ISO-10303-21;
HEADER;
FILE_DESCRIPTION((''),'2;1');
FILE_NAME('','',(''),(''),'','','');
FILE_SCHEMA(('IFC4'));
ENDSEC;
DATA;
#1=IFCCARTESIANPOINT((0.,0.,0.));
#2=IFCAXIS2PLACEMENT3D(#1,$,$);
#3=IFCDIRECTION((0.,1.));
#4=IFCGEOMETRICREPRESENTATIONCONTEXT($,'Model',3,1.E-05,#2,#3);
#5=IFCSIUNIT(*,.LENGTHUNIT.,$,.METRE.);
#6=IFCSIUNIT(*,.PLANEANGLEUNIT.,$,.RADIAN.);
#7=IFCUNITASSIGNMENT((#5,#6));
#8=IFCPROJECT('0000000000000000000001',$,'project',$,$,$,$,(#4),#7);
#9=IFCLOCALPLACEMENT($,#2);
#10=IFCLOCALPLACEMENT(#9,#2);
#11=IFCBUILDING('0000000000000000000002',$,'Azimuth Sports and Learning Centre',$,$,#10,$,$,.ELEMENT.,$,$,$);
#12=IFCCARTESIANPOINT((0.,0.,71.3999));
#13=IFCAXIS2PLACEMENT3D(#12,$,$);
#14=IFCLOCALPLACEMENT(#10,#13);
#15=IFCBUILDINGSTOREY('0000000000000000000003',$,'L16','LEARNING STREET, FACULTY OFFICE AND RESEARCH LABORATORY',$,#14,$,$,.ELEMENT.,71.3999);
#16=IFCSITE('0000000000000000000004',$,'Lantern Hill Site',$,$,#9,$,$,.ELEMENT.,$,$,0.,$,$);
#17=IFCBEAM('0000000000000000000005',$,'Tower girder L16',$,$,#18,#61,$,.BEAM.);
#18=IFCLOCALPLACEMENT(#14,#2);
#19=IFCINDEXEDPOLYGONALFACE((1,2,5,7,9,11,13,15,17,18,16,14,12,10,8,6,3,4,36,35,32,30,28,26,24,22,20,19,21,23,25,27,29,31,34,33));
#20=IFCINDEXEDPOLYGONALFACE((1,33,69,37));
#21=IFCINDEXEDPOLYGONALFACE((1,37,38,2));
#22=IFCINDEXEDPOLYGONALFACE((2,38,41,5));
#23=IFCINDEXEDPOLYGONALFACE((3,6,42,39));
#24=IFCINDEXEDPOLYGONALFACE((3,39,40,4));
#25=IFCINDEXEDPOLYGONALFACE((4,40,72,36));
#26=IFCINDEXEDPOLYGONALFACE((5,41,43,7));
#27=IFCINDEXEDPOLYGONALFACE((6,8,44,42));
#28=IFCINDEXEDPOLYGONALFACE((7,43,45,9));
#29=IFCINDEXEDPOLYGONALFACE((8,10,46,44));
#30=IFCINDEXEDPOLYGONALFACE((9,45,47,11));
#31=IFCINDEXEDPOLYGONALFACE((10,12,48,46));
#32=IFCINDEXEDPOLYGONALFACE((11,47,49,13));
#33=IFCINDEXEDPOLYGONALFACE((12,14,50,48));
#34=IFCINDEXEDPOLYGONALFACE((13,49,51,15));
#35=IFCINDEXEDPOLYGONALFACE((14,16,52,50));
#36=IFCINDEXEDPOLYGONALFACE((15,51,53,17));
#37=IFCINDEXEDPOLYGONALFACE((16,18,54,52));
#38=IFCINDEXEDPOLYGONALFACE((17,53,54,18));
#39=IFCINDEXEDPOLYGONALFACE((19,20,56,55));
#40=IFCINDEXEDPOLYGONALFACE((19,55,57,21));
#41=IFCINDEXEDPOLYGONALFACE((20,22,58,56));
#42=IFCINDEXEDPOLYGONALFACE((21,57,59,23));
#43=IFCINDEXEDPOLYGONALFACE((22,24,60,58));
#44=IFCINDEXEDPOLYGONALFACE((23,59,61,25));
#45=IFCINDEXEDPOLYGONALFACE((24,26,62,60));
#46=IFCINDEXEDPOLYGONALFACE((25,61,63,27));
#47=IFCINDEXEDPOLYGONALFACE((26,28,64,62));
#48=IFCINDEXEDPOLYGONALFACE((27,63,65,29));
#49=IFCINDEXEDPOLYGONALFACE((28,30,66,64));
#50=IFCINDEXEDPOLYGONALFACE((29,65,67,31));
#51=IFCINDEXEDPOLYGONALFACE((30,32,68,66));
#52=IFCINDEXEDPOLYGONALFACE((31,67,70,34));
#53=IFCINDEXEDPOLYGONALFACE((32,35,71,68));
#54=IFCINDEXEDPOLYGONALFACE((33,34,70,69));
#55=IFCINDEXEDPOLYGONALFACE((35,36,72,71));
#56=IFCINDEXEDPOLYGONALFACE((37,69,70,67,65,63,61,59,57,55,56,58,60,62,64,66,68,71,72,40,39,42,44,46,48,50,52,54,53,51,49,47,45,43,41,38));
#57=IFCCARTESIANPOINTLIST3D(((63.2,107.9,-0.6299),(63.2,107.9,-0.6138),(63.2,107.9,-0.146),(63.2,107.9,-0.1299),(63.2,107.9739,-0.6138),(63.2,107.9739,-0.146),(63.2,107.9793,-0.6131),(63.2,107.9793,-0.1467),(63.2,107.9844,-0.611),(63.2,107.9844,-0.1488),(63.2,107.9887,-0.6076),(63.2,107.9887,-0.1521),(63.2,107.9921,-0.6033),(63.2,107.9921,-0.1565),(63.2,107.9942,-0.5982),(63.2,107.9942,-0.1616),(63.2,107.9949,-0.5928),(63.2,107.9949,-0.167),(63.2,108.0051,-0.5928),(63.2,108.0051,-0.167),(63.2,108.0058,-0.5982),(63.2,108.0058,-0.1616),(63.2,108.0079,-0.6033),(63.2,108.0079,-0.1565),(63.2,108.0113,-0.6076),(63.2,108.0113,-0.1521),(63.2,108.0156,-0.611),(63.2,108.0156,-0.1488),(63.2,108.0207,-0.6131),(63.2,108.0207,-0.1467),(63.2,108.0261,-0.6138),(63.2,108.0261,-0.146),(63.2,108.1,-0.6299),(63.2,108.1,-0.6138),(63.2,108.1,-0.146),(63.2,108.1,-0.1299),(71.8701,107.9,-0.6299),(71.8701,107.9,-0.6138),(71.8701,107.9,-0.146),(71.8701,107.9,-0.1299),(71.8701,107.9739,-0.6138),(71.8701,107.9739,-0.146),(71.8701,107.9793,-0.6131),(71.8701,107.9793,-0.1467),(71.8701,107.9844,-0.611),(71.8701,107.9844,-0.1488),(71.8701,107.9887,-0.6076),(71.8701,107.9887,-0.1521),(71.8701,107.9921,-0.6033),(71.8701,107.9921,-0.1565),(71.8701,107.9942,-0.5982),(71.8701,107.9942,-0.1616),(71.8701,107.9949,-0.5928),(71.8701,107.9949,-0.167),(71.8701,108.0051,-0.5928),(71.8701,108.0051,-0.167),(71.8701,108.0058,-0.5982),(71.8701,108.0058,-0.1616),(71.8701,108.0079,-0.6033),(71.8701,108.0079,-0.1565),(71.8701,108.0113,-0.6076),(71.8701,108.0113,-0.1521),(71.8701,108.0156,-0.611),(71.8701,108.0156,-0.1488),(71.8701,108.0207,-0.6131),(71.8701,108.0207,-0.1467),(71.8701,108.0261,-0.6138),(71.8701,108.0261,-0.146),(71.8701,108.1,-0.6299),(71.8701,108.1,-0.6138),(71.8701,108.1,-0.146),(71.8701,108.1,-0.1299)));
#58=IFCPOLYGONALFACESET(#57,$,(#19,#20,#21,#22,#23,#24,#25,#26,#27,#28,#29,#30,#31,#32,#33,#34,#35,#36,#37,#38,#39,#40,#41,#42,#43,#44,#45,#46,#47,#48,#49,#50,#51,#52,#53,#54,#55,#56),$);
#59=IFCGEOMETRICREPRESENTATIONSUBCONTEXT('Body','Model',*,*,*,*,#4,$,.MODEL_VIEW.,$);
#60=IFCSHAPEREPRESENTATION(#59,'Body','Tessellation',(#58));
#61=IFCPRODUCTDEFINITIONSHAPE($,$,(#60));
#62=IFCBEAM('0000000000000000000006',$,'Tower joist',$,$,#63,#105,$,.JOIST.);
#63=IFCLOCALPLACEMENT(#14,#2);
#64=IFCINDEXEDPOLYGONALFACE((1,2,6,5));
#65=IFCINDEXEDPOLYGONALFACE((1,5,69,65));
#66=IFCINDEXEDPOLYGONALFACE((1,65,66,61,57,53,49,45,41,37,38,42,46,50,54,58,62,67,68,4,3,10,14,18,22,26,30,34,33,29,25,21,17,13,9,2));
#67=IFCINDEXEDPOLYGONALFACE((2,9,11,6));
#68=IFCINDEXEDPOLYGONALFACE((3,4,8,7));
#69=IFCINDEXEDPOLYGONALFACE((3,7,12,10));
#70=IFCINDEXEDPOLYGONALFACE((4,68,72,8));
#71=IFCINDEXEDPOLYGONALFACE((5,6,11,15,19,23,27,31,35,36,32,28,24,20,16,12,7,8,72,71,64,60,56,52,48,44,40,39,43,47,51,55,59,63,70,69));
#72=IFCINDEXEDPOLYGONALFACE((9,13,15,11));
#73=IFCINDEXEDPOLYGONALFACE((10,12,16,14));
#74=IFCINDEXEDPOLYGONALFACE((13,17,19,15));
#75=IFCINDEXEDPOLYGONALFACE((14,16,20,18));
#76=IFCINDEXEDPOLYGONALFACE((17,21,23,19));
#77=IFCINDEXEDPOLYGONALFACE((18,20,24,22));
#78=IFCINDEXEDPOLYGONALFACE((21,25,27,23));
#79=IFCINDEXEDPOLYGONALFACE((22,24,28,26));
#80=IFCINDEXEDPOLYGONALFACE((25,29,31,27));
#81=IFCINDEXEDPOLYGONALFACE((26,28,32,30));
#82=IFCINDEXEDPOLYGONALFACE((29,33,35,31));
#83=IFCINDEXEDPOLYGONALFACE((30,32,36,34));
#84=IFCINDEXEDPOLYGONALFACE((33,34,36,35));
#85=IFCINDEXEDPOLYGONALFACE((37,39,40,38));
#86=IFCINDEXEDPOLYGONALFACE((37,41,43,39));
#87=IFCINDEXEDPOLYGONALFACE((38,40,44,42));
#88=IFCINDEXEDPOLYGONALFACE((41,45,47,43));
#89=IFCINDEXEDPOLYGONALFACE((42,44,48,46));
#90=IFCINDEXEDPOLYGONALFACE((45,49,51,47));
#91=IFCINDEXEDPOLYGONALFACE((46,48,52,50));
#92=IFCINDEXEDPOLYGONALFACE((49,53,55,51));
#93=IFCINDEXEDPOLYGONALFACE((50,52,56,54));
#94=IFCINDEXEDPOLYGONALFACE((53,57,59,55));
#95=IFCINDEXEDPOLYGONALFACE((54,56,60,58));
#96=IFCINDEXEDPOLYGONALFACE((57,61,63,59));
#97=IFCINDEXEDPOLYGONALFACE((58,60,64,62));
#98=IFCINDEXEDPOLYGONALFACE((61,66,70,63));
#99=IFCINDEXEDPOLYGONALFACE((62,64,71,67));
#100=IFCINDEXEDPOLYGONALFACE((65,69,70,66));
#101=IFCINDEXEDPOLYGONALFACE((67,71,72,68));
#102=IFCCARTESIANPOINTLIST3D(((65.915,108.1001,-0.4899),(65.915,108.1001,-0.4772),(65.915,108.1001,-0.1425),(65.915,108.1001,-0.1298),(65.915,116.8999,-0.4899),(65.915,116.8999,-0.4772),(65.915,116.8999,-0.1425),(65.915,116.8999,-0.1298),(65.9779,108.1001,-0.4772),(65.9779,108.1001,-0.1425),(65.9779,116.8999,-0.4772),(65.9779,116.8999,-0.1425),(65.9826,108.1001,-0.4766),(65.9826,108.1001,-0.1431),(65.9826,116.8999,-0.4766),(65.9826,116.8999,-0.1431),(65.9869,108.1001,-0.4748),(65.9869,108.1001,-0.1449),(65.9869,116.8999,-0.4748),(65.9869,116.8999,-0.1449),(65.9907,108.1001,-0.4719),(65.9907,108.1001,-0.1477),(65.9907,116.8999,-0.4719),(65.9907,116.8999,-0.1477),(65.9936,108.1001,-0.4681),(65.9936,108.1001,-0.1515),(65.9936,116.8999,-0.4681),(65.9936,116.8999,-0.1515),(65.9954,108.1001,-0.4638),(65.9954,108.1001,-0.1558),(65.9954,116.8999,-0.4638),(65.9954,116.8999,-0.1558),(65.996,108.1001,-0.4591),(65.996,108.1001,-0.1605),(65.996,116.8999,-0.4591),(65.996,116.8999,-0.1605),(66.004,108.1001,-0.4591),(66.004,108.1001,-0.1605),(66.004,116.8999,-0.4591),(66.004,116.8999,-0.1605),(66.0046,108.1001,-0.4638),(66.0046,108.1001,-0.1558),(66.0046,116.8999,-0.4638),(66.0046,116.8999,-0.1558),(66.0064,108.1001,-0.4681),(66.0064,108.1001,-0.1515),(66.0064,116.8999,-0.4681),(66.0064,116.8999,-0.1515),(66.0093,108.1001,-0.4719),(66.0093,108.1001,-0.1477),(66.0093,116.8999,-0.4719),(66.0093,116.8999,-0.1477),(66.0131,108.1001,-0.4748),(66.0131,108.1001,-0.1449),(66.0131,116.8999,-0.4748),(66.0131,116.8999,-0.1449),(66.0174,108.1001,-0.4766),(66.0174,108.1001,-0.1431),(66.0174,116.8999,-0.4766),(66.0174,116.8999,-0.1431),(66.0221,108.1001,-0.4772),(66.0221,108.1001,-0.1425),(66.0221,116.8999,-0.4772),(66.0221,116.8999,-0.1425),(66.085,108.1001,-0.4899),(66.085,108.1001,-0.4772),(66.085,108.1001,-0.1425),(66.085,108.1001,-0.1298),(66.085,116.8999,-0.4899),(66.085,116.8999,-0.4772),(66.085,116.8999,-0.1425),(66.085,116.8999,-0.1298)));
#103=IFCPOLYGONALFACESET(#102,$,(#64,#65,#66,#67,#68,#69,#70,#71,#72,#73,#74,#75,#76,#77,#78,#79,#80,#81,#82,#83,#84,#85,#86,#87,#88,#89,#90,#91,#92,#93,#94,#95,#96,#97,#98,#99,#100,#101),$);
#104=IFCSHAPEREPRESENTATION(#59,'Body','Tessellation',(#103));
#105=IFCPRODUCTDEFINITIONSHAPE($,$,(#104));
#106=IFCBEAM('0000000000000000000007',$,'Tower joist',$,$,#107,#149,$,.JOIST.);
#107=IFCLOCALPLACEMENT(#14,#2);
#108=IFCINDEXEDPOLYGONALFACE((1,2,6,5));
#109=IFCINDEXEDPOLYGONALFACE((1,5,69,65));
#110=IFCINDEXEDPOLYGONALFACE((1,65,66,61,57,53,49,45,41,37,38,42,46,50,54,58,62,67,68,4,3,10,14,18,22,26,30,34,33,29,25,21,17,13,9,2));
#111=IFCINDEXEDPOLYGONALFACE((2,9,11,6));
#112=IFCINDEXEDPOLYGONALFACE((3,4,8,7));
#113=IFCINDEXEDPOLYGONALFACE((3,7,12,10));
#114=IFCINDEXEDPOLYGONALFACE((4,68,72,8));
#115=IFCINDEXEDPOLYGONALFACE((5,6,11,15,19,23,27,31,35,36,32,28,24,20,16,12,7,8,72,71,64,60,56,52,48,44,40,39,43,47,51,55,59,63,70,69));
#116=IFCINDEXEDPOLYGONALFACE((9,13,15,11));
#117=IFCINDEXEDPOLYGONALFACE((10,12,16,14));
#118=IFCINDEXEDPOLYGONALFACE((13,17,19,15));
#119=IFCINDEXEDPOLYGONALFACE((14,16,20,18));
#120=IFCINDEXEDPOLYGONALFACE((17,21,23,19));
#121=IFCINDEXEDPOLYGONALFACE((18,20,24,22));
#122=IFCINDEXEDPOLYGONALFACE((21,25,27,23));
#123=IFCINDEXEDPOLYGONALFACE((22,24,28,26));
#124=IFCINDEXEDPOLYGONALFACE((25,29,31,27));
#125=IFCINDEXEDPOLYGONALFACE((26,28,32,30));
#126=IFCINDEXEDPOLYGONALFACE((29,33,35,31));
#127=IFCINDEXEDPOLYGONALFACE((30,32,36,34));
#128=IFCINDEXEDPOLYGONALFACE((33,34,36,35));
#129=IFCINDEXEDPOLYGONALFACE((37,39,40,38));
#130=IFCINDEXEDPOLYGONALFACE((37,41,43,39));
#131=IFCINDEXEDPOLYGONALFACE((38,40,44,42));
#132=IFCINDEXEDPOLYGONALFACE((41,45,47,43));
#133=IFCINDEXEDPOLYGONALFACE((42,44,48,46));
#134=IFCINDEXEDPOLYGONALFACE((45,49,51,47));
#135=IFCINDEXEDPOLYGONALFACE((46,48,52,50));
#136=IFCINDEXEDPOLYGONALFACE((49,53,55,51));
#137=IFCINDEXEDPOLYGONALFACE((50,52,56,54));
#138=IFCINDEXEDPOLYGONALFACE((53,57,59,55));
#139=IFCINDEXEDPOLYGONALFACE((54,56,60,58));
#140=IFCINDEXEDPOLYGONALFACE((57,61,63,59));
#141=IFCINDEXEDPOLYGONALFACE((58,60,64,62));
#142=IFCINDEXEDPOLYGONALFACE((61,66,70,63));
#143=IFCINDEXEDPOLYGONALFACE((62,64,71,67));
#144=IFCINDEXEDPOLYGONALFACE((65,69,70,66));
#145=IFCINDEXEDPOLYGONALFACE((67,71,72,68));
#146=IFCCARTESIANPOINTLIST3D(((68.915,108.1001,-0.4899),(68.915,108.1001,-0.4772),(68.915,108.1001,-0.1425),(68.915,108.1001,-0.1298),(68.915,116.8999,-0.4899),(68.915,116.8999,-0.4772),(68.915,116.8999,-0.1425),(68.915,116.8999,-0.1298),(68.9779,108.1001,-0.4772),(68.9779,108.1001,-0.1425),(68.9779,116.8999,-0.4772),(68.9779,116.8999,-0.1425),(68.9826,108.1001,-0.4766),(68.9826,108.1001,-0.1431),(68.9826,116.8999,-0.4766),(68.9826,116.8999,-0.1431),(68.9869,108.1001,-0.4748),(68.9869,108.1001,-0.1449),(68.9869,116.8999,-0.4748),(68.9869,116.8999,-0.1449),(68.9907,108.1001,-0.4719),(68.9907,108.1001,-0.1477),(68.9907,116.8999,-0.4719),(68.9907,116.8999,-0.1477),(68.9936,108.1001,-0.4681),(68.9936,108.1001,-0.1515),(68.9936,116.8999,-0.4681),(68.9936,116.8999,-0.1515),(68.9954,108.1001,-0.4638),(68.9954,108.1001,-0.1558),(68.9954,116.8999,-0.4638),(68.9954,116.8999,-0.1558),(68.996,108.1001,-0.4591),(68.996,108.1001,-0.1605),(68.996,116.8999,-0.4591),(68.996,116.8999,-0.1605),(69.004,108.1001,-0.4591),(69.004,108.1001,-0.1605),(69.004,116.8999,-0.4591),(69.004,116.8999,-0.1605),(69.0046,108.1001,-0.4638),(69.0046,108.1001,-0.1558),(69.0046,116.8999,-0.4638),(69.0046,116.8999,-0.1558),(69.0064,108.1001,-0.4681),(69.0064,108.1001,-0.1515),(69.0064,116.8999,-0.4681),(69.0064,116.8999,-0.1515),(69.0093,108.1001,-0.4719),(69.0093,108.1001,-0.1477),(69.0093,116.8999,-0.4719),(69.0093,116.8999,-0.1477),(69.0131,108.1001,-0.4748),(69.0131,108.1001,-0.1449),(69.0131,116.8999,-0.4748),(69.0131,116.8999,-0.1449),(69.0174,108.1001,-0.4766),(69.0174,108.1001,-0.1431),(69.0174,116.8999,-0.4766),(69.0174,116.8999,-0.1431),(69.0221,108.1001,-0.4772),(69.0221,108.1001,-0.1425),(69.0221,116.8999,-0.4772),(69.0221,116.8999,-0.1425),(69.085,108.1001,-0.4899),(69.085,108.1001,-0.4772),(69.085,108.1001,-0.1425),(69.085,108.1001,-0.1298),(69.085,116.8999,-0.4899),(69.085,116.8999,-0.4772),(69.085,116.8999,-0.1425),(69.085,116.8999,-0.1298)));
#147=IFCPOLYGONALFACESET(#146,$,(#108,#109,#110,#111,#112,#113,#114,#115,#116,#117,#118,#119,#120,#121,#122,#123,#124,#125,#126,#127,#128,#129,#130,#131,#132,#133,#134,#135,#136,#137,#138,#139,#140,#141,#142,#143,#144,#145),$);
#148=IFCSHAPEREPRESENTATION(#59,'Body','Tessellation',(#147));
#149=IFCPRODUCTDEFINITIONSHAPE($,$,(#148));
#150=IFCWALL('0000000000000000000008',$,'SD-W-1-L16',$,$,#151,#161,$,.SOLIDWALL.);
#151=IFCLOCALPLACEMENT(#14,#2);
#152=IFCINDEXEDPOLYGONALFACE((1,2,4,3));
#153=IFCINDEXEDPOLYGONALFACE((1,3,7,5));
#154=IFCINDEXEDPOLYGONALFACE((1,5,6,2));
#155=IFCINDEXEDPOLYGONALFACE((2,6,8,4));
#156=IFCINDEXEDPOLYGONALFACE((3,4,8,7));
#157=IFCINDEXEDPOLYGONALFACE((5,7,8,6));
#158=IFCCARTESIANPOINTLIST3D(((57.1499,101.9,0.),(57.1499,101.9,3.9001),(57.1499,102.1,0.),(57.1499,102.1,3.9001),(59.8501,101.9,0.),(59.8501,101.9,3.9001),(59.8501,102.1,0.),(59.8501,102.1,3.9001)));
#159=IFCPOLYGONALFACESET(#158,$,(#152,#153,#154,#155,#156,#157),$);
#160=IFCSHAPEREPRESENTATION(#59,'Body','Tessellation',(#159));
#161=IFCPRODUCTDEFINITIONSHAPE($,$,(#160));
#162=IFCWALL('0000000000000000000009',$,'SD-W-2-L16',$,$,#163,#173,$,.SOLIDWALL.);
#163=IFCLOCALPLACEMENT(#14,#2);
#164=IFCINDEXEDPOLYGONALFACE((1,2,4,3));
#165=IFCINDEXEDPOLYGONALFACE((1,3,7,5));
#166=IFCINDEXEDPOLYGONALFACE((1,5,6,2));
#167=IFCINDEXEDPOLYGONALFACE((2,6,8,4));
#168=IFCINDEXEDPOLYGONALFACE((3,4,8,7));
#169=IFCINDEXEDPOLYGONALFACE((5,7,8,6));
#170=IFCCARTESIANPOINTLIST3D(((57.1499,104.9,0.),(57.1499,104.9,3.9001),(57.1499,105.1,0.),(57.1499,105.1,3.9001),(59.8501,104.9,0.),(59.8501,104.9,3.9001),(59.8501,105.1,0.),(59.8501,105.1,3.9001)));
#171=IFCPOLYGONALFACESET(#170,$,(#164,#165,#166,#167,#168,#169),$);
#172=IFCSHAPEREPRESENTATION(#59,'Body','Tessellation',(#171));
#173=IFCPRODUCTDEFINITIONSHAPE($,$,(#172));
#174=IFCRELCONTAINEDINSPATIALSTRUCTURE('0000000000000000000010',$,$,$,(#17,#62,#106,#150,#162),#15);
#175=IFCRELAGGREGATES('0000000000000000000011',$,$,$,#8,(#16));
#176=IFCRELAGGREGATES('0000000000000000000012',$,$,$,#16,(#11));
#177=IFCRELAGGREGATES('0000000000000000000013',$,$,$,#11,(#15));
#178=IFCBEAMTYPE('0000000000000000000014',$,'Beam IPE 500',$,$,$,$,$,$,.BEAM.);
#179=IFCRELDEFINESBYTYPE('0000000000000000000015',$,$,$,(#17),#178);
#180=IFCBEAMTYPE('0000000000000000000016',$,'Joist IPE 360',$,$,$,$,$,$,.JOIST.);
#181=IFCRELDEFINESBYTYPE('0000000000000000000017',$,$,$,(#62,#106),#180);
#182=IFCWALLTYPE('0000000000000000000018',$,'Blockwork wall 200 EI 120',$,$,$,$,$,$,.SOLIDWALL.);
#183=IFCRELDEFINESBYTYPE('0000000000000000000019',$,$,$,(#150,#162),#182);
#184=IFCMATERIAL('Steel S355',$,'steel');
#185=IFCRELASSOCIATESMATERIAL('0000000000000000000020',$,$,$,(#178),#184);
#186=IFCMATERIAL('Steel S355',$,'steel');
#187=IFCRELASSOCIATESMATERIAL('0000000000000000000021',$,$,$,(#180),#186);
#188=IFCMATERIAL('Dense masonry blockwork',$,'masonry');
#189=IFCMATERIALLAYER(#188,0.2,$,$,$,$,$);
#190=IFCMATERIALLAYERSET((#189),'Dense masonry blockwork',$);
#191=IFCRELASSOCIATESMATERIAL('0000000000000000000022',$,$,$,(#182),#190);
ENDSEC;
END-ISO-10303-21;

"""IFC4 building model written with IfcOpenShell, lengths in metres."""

from ifc_helpers import new_model, si_unit, direction, frame, frame_2d, origin, origin_2d, place, context, subcontext, project, spatial, rectangle, i_section, extrude, material, layer, layer_set, material_profile, profile_set, type_object, element, save


model = new_model("IFC4")

# Units and contexts
model_context = context("Model", 3, precision=1e-05, world=origin(), true_north=direction((0.0, 1.0)))
body_context = subcontext(model_context, "Body", "Model", "MODEL_VIEW")
ifc_project = project(units=[si_unit("LENGTHUNIT", "METRE"), si_unit("PLANEANGLEUNIT", "RADIAN")], contexts=[model_context])

# Site, building, storey
site_placement = place(None, origin())
site = spatial("IfcSite", under=ifc_project, at=site_placement, Name="Lantern Hill Site", CompositionType="ELEMENT", RefElevation=0.0)
building_placement = place(site_placement, origin())
building = spatial("IfcBuilding", under=site, at=building_placement, Name="Azimuth Sports and Learning Centre", CompositionType="ELEMENT")
storey_placement = place(building_placement, frame((0.0, 0.0, 71.3999)))
storey = spatial("IfcBuildingStorey", under=building, at=storey_placement, Name="L16", Description="LEARNING STREET, FACULTY OFFICE AND RESEARCH LABORATORY", CompositionType="ELEMENT", Elevation=71.3999)

# Beams
ifc_material_1 = material(Name="Steel S355", Category="steel")
ifc_material_profile_1 = material_profile(ifc_material_1, i_section(OverallWidth=0.2, OverallDepth=0.5, WebThickness=0.0103, FlangeThickness=0.0161, FilletRadius=0.021, at=origin_2d()), Name="IPE 500")
ifc_profile_set_1 = profile_set([ifc_material_profile_1], Name="Steel S355")
beam_type_1 = type_object("IfcBeamType", Name="Beam IPE 500", PredefinedType="BEAM", material=ifc_profile_set_1)
beam_placement = place(storey_placement, frame((63.2, 108.0, -0.3799), z_axis=(1.0, 0.0, 0.0), x_axis=(0.0, 1.0, 0.0)))
element("IfcBeam", 1, at=beam_placement, inside=storey, type_object=beam_type_1, Name="Tower girder L16", PredefinedType="BEAM", context=body_context, shape_type="SweptSolid", body=[
    extrude(i_section(OverallWidth=0.2, OverallDepth=0.5, WebThickness=0.0103, FlangeThickness=0.0161, FilletRadius=0.021, at=origin_2d()), origin(), (0.0, 0.0, 1.0), 8.6702),
])
ifc_material_2 = material(Name="Steel S355", Category="steel")
ifc_material_profile_2 = material_profile(ifc_material_2, i_section(OverallWidth=0.1699, OverallDepth=0.3601, WebThickness=0.0081, FlangeThickness=0.0127, FilletRadius=0.0181, at=origin_2d()), Name="IPE 360")
ifc_profile_set_2 = profile_set([ifc_material_profile_2], Name="Steel S355")
beam_type_2 = type_object("IfcBeamType", Name="Joist IPE 360", PredefinedType="JOIST", material=ifc_profile_set_2)
for number, where, z_axis, x_axis, name in (
    (2, (66.0, 108.1001, -0.3098), (0.0, 1.0, 0.0), (-1.0, 0.0, 0.0), "Tower joist"),
    (3, (69.0, 108.1001, -0.3098), (0.0, 1.0, 0.0), (-1.0, 0.0, 0.0), "Tower joist"),
):
    element("IfcBeam", number, at=place(storey_placement, frame(where, z_axis=z_axis, x_axis=x_axis)), inside=storey, type_object=beam_type_2, Name=name, PredefinedType="JOIST", context=body_context, shape_type="SweptSolid", body=[
        extrude(i_section(OverallWidth=0.1699, OverallDepth=0.3601, WebThickness=0.0081, FlangeThickness=0.0127, FilletRadius=0.0181, at=origin_2d()), origin(), (0.0, 0.0, 1.0), 8.7998),
    ])

# Walls
ifc_material_3 = material(Name="Dense masonry blockwork", Category="masonry")
ifc_layer_1 = layer(ifc_material_3, 0.2)
ifc_layer_set_1 = layer_set([ifc_layer_1], Name="Dense masonry blockwork")
wall_type_1 = type_object("IfcWallType", Name="Blockwork wall 200 EI 120", PredefinedType="SOLIDWALL", material=ifc_layer_set_1)
for number, where, z_axis, x_axis, name in (
    (4, (57.1499, 102.0, 0.0), (0.0, 0.0, 1.0), (1.0, 0.0, 0.0), "SD-W-1-L16"),
    (5, (57.1499, 105.0, 0.0), (0.0, 0.0, 1.0), (1.0, 0.0, 0.0), "SD-W-2-L16"),
):
    element("IfcWall", number, at=place(storey_placement, frame(where, z_axis=z_axis, x_axis=x_axis)), inside=storey, type_object=wall_type_1, Name=name, PredefinedType="SOLIDWALL", context=body_context, shape_type="SweptSolid", body=[
        extrude(rectangle(XDim=2.7002, YDim=0.2, at=frame_2d((1.3501, 0.0))), origin(), (0.0, 0.0, 1.0), 3.9001),
    ])

save(model, "model.ifc")
